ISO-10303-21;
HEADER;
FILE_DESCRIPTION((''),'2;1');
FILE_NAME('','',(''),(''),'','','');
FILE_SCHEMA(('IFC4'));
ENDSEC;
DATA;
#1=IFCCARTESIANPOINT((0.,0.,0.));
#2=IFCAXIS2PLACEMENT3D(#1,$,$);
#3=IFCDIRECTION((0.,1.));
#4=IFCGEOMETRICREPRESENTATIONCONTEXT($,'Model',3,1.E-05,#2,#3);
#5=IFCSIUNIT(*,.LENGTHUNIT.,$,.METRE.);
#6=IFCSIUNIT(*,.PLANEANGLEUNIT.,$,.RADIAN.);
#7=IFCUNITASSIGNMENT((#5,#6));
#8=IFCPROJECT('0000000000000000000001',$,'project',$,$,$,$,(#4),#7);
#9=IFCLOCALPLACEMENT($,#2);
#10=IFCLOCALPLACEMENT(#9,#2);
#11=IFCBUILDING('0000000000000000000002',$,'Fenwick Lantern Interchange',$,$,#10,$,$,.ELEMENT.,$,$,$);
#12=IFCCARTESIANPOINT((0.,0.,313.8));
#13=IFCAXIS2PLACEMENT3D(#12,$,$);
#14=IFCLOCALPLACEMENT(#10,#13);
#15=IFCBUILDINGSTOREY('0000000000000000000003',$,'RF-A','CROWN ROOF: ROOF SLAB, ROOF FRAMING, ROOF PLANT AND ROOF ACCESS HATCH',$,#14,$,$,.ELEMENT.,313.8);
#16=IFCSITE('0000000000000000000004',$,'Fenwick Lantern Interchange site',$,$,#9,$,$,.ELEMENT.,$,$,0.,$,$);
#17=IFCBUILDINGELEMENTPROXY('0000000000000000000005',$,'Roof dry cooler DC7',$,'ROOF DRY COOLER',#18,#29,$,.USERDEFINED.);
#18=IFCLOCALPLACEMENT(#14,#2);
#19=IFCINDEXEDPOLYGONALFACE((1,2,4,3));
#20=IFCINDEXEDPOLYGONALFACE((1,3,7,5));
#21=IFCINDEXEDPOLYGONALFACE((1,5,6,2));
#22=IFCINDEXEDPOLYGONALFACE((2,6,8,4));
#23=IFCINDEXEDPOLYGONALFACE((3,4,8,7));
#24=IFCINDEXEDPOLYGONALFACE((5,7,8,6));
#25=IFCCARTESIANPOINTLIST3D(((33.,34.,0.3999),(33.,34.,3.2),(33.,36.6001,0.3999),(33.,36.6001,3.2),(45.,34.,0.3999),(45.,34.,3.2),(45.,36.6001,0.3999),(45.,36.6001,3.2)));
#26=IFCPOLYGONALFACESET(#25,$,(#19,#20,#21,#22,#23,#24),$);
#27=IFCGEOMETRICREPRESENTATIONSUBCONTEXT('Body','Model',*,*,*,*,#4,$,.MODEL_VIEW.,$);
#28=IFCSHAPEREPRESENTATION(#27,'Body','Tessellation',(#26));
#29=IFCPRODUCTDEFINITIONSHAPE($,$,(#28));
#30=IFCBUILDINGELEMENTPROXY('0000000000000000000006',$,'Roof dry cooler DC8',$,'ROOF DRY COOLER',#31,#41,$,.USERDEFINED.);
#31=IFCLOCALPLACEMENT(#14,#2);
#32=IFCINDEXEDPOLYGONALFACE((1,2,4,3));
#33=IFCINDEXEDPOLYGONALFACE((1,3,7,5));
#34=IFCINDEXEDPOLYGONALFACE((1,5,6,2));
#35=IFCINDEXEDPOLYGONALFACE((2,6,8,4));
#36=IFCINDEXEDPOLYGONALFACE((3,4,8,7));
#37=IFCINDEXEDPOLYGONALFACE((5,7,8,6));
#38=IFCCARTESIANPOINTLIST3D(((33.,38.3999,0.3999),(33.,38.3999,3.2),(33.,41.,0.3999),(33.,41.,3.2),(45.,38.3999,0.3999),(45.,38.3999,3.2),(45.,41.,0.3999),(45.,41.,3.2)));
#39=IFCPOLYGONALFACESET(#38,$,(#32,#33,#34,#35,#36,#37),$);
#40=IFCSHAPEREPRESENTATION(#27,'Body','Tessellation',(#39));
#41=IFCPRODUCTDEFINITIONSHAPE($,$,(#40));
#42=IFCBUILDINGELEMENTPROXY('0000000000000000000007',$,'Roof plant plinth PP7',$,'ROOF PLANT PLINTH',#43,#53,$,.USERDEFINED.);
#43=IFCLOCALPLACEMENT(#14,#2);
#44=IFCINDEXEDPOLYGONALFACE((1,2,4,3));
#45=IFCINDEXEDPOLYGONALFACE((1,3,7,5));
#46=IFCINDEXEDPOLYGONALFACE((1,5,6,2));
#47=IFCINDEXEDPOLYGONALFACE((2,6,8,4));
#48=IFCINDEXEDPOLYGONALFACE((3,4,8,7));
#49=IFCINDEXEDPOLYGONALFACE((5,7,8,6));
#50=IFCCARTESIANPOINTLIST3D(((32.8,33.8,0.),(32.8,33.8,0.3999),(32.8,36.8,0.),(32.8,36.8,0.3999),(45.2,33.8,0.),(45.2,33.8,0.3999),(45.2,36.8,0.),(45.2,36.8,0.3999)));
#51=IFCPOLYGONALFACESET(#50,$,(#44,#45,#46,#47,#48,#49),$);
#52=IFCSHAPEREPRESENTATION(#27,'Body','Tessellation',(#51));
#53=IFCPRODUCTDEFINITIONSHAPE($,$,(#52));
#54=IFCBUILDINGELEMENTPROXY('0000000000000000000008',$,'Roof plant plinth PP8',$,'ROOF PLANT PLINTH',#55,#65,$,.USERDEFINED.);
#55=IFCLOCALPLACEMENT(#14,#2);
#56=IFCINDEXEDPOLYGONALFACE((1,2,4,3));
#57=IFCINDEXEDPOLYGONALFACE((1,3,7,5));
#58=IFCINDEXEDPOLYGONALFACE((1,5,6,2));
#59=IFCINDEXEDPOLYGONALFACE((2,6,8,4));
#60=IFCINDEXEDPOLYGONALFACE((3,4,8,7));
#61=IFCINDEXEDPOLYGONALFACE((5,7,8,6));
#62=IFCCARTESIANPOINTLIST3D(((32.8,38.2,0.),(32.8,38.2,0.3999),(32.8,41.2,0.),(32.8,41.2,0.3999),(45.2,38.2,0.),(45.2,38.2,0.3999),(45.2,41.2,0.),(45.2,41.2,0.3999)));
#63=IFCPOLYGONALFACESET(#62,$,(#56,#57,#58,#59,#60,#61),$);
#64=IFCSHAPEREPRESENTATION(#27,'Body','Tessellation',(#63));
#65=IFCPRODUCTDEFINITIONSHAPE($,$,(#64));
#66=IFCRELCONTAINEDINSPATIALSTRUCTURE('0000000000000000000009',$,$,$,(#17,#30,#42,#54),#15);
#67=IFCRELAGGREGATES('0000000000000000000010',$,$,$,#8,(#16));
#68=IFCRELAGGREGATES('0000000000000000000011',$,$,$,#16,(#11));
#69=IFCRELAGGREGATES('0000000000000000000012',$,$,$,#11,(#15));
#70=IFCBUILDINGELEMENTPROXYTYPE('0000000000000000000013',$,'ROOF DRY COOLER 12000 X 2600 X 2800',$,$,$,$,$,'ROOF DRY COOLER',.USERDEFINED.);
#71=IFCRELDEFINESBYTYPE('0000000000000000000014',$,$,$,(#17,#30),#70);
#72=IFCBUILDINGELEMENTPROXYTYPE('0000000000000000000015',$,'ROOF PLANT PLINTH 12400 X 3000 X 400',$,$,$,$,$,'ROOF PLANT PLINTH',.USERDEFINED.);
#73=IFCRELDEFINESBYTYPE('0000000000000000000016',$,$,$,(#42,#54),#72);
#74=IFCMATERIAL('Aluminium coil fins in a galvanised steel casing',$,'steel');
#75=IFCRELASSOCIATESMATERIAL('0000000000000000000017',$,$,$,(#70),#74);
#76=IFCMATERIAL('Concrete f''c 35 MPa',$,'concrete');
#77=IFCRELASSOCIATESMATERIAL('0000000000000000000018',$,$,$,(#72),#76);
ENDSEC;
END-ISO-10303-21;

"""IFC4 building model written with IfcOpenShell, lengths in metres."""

from ifc_helpers import new_model, si_unit, direction, frame, origin, origin_2d, place, context, subcontext, project, spatial, rectangle, extrude, material, type_object, element, save


model = new_model("IFC4")

# Units and contexts
model_context = context("Model", 3, precision=1e-05, world=origin(), true_north=direction((0.0, 1.0)))
body_context = subcontext(model_context, "Body", "Model", "MODEL_VIEW")
ifc_project = project(units=[si_unit("LENGTHUNIT", "METRE"), si_unit("PLANEANGLEUNIT", "RADIAN")], contexts=[model_context])

# Site, building, storey
site_placement = place(None, origin())
site = spatial("IfcSite", under=ifc_project, at=site_placement, Name="Fenwick Lantern Interchange site", CompositionType="ELEMENT", RefElevation=0.0)
building_placement = place(site_placement, origin())
building = spatial("IfcBuilding", under=site, at=building_placement, Name="Fenwick Lantern Interchange", CompositionType="ELEMENT")
storey_placement = place(building_placement, frame((0.0, 0.0, 313.8)))
storey = spatial("IfcBuildingStorey", under=building, at=storey_placement, Name="RF-A", Description="CROWN ROOF: ROOF SLAB, ROOF FRAMING, ROOF PLANT AND ROOF ACCESS HATCH", CompositionType="ELEMENT", Elevation=313.8)

# Building element proxies
ifc_material_1 = material(Name="Aluminium coil fins in a galvanised steel casing", Category="steel")
building_element_proxy_type_1 = type_object("IfcBuildingElementProxyType", Name="ROOF DRY COOLER 12000 X 2600 X 2800", ElementType="ROOF DRY COOLER", PredefinedType="USERDEFINED", material=ifc_material_1)
for number, where, z_axis, x_axis, name in (
    (1, (39.0, 35.3, 0.3999), (0.0, 0.0, 1.0), (1.0, 0.0, 0.0), "Roof dry cooler DC7"),
    (2, (39.0, 39.7, 0.3999), (0.0, 0.0, 1.0), (1.0, 0.0, 0.0), "Roof dry cooler DC8"),
):
    element("IfcBuildingElementProxy", number, at=place(storey_placement, frame(where, z_axis=z_axis, x_axis=x_axis)), inside=storey, type_object=building_element_proxy_type_1, Name=name, ObjectType="ROOF DRY COOLER", PredefinedType="USERDEFINED", context=body_context, shape_type="SweptSolid", body=[
        extrude(rectangle(XDim=12.0, YDim=2.6001, at=origin_2d()), origin(), (0.0, 0.0, 1.0), 2.8),
    ])
ifc_material_2 = material(Name="Concrete f'c 35 MPa", Category="concrete")
building_element_proxy_type_2 = type_object("IfcBuildingElementProxyType", Name="ROOF PLANT PLINTH 12400 X 3000 X 400", ElementType="ROOF PLANT PLINTH", PredefinedType="USERDEFINED", material=ifc_material_2)
for number, where, z_axis, x_axis, name in (
    (3, (39.0, 35.3, 0.0), (0.0, 0.0, 1.0), (1.0, 0.0, 0.0), "Roof plant plinth PP7"),
    (4, (39.0, 39.7, 0.0), (0.0, 0.0, 1.0), (1.0, 0.0, 0.0), "Roof plant plinth PP8"),
):
    element("IfcBuildingElementProxy", number, at=place(storey_placement, frame(where, z_axis=z_axis, x_axis=x_axis)), inside=storey, type_object=building_element_proxy_type_2, Name=name, ObjectType="ROOF PLANT PLINTH", PredefinedType="USERDEFINED", context=body_context, shape_type="SweptSolid", body=[
        extrude(rectangle(XDim=12.3999, YDim=3.0, at=origin_2d()), origin(), (0.0, 0.0, 1.0), 0.3999),
    ])

save(model, "model.ifc")
